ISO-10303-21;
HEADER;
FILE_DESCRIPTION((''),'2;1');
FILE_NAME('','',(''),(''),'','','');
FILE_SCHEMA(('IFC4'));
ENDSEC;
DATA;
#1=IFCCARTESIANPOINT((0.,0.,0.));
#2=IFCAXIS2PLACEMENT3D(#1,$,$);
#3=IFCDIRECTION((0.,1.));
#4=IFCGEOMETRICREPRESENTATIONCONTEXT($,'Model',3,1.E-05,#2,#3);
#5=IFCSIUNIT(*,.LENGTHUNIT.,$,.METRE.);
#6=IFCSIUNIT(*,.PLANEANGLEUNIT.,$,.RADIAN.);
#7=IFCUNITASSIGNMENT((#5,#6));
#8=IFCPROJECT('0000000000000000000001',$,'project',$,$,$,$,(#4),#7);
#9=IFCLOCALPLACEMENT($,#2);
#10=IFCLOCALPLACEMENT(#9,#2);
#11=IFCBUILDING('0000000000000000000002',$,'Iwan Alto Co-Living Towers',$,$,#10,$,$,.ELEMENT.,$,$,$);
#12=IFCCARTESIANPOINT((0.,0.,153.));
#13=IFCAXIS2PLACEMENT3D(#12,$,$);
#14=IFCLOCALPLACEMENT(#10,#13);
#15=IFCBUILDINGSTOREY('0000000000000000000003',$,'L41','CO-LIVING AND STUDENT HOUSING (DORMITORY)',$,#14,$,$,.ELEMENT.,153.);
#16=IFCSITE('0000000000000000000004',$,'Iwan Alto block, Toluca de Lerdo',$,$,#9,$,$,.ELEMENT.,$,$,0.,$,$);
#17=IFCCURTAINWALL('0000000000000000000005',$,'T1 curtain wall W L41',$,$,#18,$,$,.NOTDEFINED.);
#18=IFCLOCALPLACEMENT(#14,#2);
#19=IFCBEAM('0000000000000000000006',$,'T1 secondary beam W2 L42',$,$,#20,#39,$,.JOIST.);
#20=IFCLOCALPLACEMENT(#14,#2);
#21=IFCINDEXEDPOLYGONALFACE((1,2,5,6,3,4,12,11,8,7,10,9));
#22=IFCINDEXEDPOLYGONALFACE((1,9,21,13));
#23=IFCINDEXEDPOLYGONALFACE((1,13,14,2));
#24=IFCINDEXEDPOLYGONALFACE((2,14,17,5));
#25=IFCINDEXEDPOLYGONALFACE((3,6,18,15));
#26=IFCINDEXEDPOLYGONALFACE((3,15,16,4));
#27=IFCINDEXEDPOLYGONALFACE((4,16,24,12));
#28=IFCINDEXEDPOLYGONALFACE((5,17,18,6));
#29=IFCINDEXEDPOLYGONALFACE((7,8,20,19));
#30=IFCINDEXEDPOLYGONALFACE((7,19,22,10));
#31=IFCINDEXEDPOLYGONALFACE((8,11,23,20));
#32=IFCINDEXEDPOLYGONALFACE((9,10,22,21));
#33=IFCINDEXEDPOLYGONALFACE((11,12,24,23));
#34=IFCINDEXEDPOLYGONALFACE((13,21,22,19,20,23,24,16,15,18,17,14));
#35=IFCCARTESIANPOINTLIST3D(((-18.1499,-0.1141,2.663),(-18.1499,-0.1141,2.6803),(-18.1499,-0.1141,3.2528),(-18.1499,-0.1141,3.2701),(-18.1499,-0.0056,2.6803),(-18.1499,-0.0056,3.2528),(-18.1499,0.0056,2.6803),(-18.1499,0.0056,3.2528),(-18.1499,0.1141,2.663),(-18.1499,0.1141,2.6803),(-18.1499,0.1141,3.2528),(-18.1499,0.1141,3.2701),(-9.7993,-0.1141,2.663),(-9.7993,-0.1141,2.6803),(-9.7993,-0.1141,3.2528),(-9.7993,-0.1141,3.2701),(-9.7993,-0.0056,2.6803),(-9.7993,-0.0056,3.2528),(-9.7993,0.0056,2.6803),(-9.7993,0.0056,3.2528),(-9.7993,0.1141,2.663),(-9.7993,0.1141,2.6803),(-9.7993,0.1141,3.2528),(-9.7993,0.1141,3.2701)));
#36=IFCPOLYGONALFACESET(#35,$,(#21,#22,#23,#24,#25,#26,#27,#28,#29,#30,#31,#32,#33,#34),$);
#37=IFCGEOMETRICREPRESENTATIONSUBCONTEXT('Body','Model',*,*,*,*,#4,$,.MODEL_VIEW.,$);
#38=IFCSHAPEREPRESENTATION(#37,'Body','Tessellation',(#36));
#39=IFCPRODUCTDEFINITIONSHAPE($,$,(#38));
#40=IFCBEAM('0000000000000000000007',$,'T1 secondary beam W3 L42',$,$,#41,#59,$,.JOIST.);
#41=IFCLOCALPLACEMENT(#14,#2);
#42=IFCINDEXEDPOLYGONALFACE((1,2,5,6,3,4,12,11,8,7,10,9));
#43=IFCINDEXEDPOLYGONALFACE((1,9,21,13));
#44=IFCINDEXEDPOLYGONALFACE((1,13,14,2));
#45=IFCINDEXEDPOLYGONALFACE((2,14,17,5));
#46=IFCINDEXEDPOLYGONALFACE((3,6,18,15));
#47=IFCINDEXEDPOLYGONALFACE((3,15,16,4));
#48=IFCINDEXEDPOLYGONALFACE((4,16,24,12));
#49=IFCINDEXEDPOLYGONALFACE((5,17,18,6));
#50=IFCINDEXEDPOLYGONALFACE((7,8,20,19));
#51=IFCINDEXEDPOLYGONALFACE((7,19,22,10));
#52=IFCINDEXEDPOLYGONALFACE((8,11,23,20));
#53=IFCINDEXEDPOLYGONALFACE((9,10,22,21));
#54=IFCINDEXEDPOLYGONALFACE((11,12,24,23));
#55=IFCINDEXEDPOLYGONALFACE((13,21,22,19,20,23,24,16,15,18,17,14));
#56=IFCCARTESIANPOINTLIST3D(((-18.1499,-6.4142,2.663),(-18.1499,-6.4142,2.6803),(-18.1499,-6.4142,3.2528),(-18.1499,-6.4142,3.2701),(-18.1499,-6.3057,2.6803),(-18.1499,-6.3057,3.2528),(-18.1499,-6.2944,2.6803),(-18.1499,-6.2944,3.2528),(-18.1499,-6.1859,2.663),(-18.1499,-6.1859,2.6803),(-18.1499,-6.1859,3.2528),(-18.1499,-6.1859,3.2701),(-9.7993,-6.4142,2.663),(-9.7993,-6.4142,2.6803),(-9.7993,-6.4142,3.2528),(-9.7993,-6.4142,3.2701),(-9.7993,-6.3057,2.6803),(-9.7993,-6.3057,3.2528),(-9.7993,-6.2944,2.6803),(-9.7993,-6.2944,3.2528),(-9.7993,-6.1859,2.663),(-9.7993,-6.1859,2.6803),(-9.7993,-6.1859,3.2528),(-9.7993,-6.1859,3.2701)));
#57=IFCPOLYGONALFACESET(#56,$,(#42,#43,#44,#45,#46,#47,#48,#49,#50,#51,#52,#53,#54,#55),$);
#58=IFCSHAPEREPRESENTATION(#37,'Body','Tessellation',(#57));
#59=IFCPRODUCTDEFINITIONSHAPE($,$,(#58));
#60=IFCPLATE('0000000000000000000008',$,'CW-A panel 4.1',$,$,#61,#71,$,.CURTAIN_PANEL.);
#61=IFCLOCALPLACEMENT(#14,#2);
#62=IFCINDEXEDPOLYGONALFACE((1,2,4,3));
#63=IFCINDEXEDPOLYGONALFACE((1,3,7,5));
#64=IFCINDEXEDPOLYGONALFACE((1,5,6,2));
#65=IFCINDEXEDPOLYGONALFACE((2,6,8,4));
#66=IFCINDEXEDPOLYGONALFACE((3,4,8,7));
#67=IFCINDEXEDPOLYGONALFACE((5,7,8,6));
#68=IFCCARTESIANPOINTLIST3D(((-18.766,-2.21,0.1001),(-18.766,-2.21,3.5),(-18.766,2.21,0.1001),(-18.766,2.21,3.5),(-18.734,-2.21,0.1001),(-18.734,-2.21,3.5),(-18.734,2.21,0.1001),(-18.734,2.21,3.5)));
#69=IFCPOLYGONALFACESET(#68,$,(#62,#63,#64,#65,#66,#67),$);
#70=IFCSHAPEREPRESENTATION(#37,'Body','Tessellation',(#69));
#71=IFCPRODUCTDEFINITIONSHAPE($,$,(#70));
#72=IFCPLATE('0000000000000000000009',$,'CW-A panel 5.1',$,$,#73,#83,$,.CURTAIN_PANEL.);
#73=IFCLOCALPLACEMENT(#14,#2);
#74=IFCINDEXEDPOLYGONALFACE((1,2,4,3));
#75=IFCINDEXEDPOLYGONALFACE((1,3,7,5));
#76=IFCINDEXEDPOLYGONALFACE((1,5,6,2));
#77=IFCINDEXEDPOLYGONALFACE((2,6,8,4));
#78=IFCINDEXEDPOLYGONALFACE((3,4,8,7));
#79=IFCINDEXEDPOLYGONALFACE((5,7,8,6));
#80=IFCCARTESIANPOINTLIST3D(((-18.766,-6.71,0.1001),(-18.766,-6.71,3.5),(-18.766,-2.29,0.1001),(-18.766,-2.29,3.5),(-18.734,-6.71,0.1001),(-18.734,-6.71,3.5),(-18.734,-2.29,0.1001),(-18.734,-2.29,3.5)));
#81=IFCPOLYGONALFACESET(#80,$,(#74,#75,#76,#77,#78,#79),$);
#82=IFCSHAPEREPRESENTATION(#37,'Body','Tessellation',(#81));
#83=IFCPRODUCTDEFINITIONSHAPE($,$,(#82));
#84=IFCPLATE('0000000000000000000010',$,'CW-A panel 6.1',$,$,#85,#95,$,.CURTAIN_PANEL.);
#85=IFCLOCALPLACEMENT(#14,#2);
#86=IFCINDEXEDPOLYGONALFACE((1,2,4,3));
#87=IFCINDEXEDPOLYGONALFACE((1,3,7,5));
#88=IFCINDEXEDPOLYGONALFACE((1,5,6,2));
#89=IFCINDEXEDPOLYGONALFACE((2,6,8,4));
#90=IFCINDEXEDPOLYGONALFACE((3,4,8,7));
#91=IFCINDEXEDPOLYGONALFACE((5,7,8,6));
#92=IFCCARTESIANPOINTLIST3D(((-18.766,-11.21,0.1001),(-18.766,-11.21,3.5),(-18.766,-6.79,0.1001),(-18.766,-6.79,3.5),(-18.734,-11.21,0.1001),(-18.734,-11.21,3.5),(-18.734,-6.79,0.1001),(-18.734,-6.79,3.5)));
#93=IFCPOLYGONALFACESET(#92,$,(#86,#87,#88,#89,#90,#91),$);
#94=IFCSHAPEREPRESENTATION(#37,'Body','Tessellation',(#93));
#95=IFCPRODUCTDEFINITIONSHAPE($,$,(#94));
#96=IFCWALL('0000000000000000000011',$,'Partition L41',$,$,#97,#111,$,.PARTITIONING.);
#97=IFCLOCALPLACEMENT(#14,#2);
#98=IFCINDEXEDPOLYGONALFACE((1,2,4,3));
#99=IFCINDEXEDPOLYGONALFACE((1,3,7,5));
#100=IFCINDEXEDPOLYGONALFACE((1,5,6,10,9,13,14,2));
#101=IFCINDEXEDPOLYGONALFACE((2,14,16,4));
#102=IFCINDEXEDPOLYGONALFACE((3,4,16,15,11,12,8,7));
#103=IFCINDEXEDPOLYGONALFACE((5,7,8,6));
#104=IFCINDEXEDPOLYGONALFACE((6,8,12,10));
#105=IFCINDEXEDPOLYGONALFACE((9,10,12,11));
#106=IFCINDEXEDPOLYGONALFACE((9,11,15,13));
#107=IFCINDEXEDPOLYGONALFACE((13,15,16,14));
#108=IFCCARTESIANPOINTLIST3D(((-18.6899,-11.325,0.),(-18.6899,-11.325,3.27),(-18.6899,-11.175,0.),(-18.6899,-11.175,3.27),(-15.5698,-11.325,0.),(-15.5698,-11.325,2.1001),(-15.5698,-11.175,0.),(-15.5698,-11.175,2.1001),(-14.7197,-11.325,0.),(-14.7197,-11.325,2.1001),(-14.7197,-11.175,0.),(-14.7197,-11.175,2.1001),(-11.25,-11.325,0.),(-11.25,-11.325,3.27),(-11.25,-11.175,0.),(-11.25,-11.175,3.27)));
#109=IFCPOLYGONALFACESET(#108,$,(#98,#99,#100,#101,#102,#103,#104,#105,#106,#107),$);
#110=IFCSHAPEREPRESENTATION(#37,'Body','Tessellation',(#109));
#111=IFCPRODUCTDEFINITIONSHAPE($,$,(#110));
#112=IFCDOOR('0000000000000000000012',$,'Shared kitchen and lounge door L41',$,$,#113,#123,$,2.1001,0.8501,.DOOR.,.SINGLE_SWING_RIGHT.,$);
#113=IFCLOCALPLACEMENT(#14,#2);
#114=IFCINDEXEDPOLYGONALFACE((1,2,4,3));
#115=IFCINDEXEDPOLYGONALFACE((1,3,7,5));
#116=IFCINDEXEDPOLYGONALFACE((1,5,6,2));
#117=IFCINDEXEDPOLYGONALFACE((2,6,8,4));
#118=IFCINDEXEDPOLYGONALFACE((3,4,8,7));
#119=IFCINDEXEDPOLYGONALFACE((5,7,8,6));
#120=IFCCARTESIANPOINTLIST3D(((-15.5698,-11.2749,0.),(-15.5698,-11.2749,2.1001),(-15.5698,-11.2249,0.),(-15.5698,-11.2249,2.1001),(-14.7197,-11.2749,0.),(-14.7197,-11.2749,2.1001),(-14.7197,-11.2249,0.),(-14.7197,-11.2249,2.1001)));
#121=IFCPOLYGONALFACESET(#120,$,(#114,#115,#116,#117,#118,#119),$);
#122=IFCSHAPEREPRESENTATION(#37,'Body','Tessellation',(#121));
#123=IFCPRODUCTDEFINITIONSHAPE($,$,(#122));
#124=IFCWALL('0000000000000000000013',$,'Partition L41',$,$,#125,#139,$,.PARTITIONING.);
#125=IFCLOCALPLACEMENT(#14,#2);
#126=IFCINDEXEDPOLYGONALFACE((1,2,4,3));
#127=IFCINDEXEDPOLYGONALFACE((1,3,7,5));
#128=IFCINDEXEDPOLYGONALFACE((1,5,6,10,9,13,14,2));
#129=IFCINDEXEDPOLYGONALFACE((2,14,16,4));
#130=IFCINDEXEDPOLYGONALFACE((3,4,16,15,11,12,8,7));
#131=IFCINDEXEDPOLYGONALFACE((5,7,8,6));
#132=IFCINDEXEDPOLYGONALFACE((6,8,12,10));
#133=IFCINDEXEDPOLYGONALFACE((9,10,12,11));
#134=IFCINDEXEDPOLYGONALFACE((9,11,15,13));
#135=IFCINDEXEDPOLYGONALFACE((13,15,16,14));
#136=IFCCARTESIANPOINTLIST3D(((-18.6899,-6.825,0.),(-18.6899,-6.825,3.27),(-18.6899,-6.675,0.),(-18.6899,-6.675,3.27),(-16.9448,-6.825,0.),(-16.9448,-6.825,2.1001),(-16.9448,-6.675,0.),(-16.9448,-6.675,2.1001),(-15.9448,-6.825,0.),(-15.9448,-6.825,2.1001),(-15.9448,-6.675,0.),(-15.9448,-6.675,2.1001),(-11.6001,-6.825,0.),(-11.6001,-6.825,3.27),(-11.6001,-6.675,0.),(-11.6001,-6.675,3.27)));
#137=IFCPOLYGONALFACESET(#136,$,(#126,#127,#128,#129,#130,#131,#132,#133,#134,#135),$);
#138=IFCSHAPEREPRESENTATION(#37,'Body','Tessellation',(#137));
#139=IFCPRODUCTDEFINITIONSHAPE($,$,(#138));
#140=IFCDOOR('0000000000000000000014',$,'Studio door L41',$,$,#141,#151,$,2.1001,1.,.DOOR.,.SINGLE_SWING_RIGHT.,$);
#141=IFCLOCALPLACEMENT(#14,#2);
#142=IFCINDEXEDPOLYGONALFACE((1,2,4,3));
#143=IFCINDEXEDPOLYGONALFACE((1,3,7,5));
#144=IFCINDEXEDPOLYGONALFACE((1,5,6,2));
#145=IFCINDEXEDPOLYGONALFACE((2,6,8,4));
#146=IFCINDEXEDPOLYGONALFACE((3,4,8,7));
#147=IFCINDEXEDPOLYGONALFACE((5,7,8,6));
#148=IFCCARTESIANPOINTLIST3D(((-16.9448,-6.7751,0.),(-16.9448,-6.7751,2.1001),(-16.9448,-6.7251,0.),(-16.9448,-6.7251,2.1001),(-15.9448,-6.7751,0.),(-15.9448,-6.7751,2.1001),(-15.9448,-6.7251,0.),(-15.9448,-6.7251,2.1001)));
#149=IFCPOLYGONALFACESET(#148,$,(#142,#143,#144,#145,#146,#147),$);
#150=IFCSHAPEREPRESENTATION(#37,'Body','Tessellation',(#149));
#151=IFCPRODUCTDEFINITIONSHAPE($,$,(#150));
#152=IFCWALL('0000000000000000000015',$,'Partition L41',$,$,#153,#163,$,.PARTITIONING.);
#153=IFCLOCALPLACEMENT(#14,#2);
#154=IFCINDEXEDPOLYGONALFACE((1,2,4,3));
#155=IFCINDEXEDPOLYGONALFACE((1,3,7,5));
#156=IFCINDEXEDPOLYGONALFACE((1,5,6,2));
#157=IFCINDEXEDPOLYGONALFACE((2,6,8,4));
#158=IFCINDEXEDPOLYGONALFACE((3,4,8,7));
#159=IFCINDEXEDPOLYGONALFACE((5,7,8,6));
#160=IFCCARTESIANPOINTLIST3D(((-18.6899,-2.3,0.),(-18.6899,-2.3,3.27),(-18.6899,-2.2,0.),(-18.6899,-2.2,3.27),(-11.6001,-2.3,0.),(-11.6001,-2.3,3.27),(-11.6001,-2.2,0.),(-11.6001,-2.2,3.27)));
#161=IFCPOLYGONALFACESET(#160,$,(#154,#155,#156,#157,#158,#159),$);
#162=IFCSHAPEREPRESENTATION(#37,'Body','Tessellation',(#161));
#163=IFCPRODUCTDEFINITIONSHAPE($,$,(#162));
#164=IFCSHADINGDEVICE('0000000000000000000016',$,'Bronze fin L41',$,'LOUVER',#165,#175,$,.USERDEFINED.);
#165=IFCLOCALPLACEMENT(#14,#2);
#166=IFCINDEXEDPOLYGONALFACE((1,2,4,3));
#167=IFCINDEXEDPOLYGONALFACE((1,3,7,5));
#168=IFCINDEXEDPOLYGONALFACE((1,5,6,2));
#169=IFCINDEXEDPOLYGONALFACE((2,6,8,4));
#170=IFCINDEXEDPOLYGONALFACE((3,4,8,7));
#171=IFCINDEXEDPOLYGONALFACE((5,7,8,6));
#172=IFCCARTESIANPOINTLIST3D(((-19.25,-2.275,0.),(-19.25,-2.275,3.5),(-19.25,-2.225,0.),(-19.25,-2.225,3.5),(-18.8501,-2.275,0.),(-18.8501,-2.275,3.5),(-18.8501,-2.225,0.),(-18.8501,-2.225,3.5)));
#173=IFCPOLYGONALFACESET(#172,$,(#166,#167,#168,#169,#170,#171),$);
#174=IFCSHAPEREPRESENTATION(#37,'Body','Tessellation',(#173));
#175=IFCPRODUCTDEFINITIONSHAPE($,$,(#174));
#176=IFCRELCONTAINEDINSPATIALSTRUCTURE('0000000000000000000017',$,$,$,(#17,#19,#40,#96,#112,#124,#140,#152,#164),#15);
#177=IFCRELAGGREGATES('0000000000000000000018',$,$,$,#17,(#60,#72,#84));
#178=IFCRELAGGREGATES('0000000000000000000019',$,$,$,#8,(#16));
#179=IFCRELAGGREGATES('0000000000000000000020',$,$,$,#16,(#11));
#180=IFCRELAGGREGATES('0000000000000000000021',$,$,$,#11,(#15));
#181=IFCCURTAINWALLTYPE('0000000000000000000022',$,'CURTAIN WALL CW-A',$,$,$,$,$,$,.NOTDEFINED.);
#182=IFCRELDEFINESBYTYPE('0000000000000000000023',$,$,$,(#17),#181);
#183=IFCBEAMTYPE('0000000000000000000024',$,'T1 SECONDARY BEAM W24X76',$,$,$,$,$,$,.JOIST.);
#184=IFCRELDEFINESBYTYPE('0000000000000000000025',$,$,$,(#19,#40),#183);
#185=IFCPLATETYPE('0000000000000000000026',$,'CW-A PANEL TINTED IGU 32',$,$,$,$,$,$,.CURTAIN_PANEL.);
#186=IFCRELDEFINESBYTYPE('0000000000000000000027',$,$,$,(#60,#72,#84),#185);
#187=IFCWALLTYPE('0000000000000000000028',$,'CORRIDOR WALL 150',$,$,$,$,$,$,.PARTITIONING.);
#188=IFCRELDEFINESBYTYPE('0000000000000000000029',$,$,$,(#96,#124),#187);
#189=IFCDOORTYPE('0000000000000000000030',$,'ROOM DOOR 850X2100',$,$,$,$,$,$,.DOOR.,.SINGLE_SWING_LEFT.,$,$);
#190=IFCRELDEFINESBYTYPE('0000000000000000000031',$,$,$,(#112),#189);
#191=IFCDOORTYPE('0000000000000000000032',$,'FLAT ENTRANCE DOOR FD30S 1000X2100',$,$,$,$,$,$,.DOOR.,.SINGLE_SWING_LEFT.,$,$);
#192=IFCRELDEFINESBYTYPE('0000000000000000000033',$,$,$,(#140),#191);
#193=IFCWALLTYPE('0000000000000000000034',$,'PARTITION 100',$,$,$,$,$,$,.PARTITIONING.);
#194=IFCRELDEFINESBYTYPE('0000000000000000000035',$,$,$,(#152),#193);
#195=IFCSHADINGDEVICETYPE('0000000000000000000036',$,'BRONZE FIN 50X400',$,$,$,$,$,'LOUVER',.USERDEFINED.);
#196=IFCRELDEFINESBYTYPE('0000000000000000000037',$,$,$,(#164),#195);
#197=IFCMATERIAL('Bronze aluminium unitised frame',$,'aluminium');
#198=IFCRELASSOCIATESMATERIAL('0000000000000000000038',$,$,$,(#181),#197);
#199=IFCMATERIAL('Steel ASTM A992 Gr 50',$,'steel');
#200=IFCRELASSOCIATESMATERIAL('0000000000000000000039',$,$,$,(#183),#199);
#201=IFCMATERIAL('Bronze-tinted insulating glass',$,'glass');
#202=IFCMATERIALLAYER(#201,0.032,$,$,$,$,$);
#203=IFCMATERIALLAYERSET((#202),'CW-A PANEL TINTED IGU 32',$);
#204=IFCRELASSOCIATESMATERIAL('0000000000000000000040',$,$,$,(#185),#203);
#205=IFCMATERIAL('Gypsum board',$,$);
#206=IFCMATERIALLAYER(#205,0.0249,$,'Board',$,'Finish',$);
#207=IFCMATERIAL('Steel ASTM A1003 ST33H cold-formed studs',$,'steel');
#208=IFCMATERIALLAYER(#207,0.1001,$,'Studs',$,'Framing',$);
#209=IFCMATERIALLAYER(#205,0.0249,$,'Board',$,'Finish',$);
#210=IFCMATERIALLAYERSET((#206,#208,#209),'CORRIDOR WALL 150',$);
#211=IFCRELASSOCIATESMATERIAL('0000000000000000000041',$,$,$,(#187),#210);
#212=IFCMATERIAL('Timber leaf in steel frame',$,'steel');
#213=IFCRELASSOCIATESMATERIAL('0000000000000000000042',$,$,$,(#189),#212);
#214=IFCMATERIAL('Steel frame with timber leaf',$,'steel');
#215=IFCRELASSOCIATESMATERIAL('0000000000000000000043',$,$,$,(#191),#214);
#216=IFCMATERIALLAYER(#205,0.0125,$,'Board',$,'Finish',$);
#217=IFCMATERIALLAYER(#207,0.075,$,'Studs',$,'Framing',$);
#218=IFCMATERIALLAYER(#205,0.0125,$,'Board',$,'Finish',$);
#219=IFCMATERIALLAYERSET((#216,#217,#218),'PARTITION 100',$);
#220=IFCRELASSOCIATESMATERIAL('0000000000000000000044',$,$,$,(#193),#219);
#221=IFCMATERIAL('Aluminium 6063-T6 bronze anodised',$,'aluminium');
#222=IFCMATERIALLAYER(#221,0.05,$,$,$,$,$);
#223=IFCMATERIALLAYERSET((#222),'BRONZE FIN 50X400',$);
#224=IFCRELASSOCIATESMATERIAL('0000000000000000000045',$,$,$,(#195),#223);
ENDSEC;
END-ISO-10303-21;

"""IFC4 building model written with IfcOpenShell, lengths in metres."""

from ifc_helpers import new_model, si_unit, direction, frame, frame_2d, origin, origin_2d, place, context, subcontext, project, spatial, rectangle, i_section, extrude, material, layer, layer_set, material_profile, profile_set, type_object, element, fill, aggregate, save


model = new_model("IFC4")

# Units and contexts
model_context = context("Model", 3, precision=1e-05, world=origin(), true_north=direction((0.0, 1.0)))
body_context = subcontext(model_context, "Body", "Model", "MODEL_VIEW")
ifc_project = project(units=[si_unit("LENGTHUNIT", "METRE"), si_unit("PLANEANGLEUNIT", "RADIAN")], contexts=[model_context])

# Site, building, storey
site_placement = place(None, origin())
site = spatial("IfcSite", under=ifc_project, at=site_placement, Name="Iwan Alto block, Toluca de Lerdo", CompositionType="ELEMENT", RefElevation=0.0)
building_placement = place(site_placement, origin())
building = spatial("IfcBuilding", under=site, at=building_placement, Name="Iwan Alto Co-Living Towers", CompositionType="ELEMENT")
storey_placement = place(building_placement, frame((0.0, 0.0, 153.0)))
storey = spatial("IfcBuildingStorey", under=building, at=storey_placement, Name="L41", Description="CO-LIVING AND STUDENT HOUSING (DORMITORY)", CompositionType="ELEMENT", Elevation=153.0)

# Curtain wall
ifc_material_1 = material(Name="Bronze aluminium unitised frame", Category="aluminium")
curtain_wall_type = type_object("IfcCurtainWallType", Name="CURTAIN WALL CW-A", PredefinedType="NOTDEFINED", material=ifc_material_1)
curtain_wall_placement = place(storey_placement, origin())
curtain_wall = element("IfcCurtainWall", 1, at=curtain_wall_placement, inside=storey, type_object=curtain_wall_type, Name="T1 curtain wall W L41", PredefinedType="NOTDEFINED")

# Beams
ifc_material_2 = material(Name="Steel ASTM A992 Gr 50", Category="steel")
ifc_material_profile_1 = material_profile(ifc_material_2, i_section(OverallWidth=0.2283, OverallDepth=0.6072, WebThickness=0.0112, FlangeThickness=0.0173, at=origin_2d()), Name="W24X76")
ifc_profile_set_1 = profile_set([ifc_material_profile_1], Name="Steel ASTM A992 Gr 50")
beam_type_1 = type_object("IfcBeamType", Name="T1 SECONDARY BEAM W24X76", PredefinedType="JOIST", material=ifc_profile_set_1)
for number, where, z_axis, x_axis, name in (
    (2, (-18.1499, 0.0, 2.9666), (1.0, 0.0, 0.0), (0.0, 1.0, 0.0), "T1 secondary beam W2 L42"),
    (3, (-18.1499, -6.3, 2.9666), (1.0, 0.0, 0.0), (0.0, 1.0, 0.0), "T1 secondary beam W3 L42"),
):
    element("IfcBeam", number, at=place(storey_placement, frame(where, z_axis=z_axis, x_axis=x_axis)), inside=storey, type_object=beam_type_1, Name=name, PredefinedType="JOIST", context=body_context, shape_type="SweptSolid", body=[
        extrude(i_section(OverallWidth=0.2283, OverallDepth=0.6072, WebThickness=0.0112, FlangeThickness=0.0173, at=origin_2d()), origin(), (0.0, 0.0, 1.0), 8.3506),
    ])

# Plates
ifc_material_3 = material(Name="Bronze-tinted insulating glass", Category="glass")
ifc_layer_1 = layer(ifc_material_3, 0.032)
ifc_layer_set_1 = layer_set([ifc_layer_1], Name="CW-A PANEL TINTED IGU 32")
plate_type = type_object("IfcPlateType", Name="CW-A PANEL TINTED IGU 32", PredefinedType="CURTAIN_PANEL", material=ifc_layer_set_1)
plate_1_placement = place(storey_placement, frame((-18.75, 0.0, 0.1001), z_axis=(0.0, 0.0, 1.0), x_axis=(0.0, -1.0, 0.0)))
plate_1 = element("IfcPlate", 4, at=plate_1_placement, type_object=plate_type, Name="CW-A panel 4.1", PredefinedType="CURTAIN_PANEL", context=body_context, shape_type="SweptSolid", body=[
    extrude(rectangle(XDim=4.4199, YDim=0.032, at=origin_2d()), origin(), (0.0, 0.0, 1.0), 3.3999),
])
plate_2_placement = place(storey_placement, frame((-18.75, -4.5, 0.1001), z_axis=(0.0, 0.0, 1.0), x_axis=(0.0, -1.0, 0.0)))
plate_2 = element("IfcPlate", 5, at=plate_2_placement, type_object=plate_type, Name="CW-A panel 5.1", PredefinedType="CURTAIN_PANEL", context=body_context, shape_type="SweptSolid", body=[
    extrude(rectangle(XDim=4.4199, YDim=0.032, at=origin_2d()), origin(), (0.0, 0.0, 1.0), 3.3999),
])
plate_3_placement = place(storey_placement, frame((-18.75, -9.0, 0.1001), z_axis=(0.0, 0.0, 1.0), x_axis=(0.0, -1.0, 0.0)))
plate_3 = element("IfcPlate", 6, at=plate_3_placement, type_object=plate_type, Name="CW-A panel 6.1", PredefinedType="CURTAIN_PANEL", context=body_context, shape_type="SweptSolid", body=[
    extrude(rectangle(XDim=4.4199, YDim=0.032, at=origin_2d()), origin(), (0.0, 0.0, 1.0), 3.3999),
])
aggregate(curtain_wall, [plate_1, plate_2, plate_3])

# Walls, openings, doors
ifc_material_4 = material(Name="Gypsum board")
ifc_layer_2 = layer(ifc_material_4, 0.0249, Name="Board", Category="Finish")
ifc_material_5 = material(Name="Steel ASTM A1003 ST33H cold-formed studs", Category="steel")
ifc_layer_3 = layer(ifc_material_5, 0.1001, Name="Studs", Category="Framing")
ifc_layer_4 = layer(ifc_material_4, 0.0249, Name="Board", Category="Finish")
ifc_layer_set_2 = layer_set([ifc_layer_2, ifc_layer_3, ifc_layer_4], Name="CORRIDOR WALL 150")
wall_type_1 = type_object("IfcWallType", Name="CORRIDOR WALL 150", PredefinedType="PARTITIONING", material=ifc_layer_set_2)
wall_1_placement = place(storey_placement, frame((-18.6899, -11.25, 0.0), z_axis=(0.0, 0.0, 1.0), x_axis=(1.0, 0.0, 0.0)))
wall_1 = element("IfcWall", 7, at=wall_1_placement, inside=storey, type_object=wall_type_1, Name="Partition L41", PredefinedType="PARTITIONING", context=body_context, shape_type="SweptSolid", body=[
    extrude(rectangle(XDim=7.4399, YDim=0.1499, at=frame_2d((3.72, 0.0))), origin(), (0.0, 0.0, 1.0), 3.27),
])
opening_1_placement = place(wall_1_placement, frame((3.1201, 0.0, 0.0)))
opening_1 = element("IfcOpeningElement", 8, at=opening_1_placement, cuts=wall_1, PredefinedType="OPENING", context=body_context, shape_type="SweptSolid", body=[
    extrude(rectangle(XDim=0.8501, YDim=2.1001, at=frame_2d((0.425, 1.05))), frame((0.0, 0.085, 0.0), z_axis=(0.0, -1.0, 0.0), x_axis=(1.0, 0.0, 0.0)), (0.0, 0.0, 1.0), 0.1699),
])
ifc_material_6 = material(Name="Timber leaf in steel frame", Category="steel")
door_type_1 = type_object("IfcDoorType", Name="ROOM DOOR 850X2100", OperationType="SINGLE_SWING_LEFT", PredefinedType="DOOR", material=ifc_material_6)
door_1_placement = place(opening_1_placement, frame((0.8501, 0.0, 0.0), z_axis=(0.0, 0.0, 1.0), x_axis=(-1.0, 0.0, 0.0)))
door_1 = element("IfcDoor", 9, at=door_1_placement, inside=storey, type_object=door_type_1, Name="Shared kitchen and lounge door L41", OperationType="SINGLE_SWING_RIGHT", OverallHeight=2.1001, OverallWidth=0.8501, PredefinedType="DOOR", context=body_context, shape_type="SweptSolid", body=[
    extrude(rectangle(XDim=0.8501, YDim=2.1001, at=frame_2d((0.425, 1.05))), frame((0.0, 0.0249, 0.0), z_axis=(0.0, -1.0, 0.0), x_axis=(1.0, 0.0, 0.0)), (0.0, 0.0, 1.0), 0.05),
])
fill(opening_1, door_1)
wall_2_placement = place(storey_placement, frame((-18.6899, -6.75, 0.0), z_axis=(0.0, 0.0, 1.0), x_axis=(1.0, 0.0, 0.0)))
wall_2 = element("IfcWall", 10, at=wall_2_placement, inside=storey, type_object=wall_type_1, Name="Partition L41", PredefinedType="PARTITIONING", context=body_context, shape_type="SweptSolid", body=[
    extrude(rectangle(XDim=7.0898, YDim=0.1499, at=frame_2d((3.5449, 0.0))), origin(), (0.0, 0.0, 1.0), 3.27),
])
opening_2_placement = place(wall_2_placement, frame((1.7451, 0.0, 0.0)))
opening_2 = element("IfcOpeningElement", 11, at=opening_2_placement, cuts=wall_2, PredefinedType="OPENING", context=body_context, shape_type="SweptSolid", body=[
    extrude(rectangle(XDim=1.0, YDim=2.1001, at=frame_2d((0.5, 1.05))), frame((0.0, 0.085, 0.0), z_axis=(0.0, -1.0, 0.0), x_axis=(1.0, 0.0, 0.0)), (0.0, 0.0, 1.0), 0.1699),
])
ifc_material_7 = material(Name="Steel frame with timber leaf", Category="steel")
door_type_2 = type_object("IfcDoorType", Name="FLAT ENTRANCE DOOR FD30S 1000X2100", OperationType="SINGLE_SWING_LEFT", PredefinedType="DOOR", material=ifc_material_7)
door_2_placement = place(opening_2_placement, origin())
door_2 = element("IfcDoor", 12, at=door_2_placement, inside=storey, type_object=door_type_2, Name="Studio door L41", OperationType="SINGLE_SWING_RIGHT", OverallHeight=2.1001, OverallWidth=1.0, PredefinedType="DOOR", context=body_context, shape_type="SweptSolid", body=[
    extrude(rectangle(XDim=1.0, YDim=2.1001, at=frame_2d((0.5, 1.05))), frame((0.0, 0.0249, 0.0), z_axis=(0.0, -1.0, 0.0), x_axis=(1.0, 0.0, 0.0)), (0.0, 0.0, 1.0), 0.05),
])
fill(opening_2, door_2)

# Wall
ifc_layer_5 = layer(ifc_material_4, 0.0125, Name="Board", Category="Finish")
ifc_layer_6 = layer(ifc_material_5, 0.075, Name="Studs", Category="Framing")
ifc_layer_7 = layer(ifc_material_4, 0.0125, Name="Board", Category="Finish")
ifc_layer_set_3 = layer_set([ifc_layer_5, ifc_layer_6, ifc_layer_7], Name="PARTITION 100")
wall_type_2 = type_object("IfcWallType", Name="PARTITION 100", PredefinedType="PARTITIONING", material=ifc_layer_set_3)
wall_3_placement = place(storey_placement, frame((-18.6899, -2.25, 0.0), z_axis=(0.0, 0.0, 1.0), x_axis=(1.0, 0.0, 0.0)))
element("IfcWall", 13, at=wall_3_placement, inside=storey, type_object=wall_type_2, Name="Partition L41", PredefinedType="PARTITIONING", context=body_context, shape_type="SweptSolid", body=[
    extrude(rectangle(XDim=7.0898, YDim=0.1001, at=frame_2d((3.5449, 0.0))), origin(), (0.0, 0.0, 1.0), 3.27),
])

# Shading device
ifc_material_8 = material(Name="Aluminium 6063-T6 bronze anodised", Category="aluminium")
ifc_layer_8 = layer(ifc_material_8, 0.05)
ifc_layer_set_4 = layer_set([ifc_layer_8], Name="BRONZE FIN 50X400")
shading_device_type = type_object("IfcShadingDeviceType", Name="BRONZE FIN 50X400", ElementType="LOUVER", PredefinedType="USERDEFINED", material=ifc_layer_set_4)
shading_device_placement = place(storey_placement, frame((-19.05, -2.25, 0.0), z_axis=(0.0, 0.0, 1.0), x_axis=(0.0, -1.0, 0.0)))
element("IfcShadingDevice", 14, at=shading_device_placement, inside=storey, type_object=shading_device_type, Name="Bronze fin L41", ObjectType="LOUVER", PredefinedType="USERDEFINED", context=body_context, shape_type="SweptSolid", body=[
    extrude(rectangle(XDim=0.05, YDim=0.3999, at=origin_2d()), origin(), (0.0, 0.0, 1.0), 3.5),
])

save(model, "model.ifc")
